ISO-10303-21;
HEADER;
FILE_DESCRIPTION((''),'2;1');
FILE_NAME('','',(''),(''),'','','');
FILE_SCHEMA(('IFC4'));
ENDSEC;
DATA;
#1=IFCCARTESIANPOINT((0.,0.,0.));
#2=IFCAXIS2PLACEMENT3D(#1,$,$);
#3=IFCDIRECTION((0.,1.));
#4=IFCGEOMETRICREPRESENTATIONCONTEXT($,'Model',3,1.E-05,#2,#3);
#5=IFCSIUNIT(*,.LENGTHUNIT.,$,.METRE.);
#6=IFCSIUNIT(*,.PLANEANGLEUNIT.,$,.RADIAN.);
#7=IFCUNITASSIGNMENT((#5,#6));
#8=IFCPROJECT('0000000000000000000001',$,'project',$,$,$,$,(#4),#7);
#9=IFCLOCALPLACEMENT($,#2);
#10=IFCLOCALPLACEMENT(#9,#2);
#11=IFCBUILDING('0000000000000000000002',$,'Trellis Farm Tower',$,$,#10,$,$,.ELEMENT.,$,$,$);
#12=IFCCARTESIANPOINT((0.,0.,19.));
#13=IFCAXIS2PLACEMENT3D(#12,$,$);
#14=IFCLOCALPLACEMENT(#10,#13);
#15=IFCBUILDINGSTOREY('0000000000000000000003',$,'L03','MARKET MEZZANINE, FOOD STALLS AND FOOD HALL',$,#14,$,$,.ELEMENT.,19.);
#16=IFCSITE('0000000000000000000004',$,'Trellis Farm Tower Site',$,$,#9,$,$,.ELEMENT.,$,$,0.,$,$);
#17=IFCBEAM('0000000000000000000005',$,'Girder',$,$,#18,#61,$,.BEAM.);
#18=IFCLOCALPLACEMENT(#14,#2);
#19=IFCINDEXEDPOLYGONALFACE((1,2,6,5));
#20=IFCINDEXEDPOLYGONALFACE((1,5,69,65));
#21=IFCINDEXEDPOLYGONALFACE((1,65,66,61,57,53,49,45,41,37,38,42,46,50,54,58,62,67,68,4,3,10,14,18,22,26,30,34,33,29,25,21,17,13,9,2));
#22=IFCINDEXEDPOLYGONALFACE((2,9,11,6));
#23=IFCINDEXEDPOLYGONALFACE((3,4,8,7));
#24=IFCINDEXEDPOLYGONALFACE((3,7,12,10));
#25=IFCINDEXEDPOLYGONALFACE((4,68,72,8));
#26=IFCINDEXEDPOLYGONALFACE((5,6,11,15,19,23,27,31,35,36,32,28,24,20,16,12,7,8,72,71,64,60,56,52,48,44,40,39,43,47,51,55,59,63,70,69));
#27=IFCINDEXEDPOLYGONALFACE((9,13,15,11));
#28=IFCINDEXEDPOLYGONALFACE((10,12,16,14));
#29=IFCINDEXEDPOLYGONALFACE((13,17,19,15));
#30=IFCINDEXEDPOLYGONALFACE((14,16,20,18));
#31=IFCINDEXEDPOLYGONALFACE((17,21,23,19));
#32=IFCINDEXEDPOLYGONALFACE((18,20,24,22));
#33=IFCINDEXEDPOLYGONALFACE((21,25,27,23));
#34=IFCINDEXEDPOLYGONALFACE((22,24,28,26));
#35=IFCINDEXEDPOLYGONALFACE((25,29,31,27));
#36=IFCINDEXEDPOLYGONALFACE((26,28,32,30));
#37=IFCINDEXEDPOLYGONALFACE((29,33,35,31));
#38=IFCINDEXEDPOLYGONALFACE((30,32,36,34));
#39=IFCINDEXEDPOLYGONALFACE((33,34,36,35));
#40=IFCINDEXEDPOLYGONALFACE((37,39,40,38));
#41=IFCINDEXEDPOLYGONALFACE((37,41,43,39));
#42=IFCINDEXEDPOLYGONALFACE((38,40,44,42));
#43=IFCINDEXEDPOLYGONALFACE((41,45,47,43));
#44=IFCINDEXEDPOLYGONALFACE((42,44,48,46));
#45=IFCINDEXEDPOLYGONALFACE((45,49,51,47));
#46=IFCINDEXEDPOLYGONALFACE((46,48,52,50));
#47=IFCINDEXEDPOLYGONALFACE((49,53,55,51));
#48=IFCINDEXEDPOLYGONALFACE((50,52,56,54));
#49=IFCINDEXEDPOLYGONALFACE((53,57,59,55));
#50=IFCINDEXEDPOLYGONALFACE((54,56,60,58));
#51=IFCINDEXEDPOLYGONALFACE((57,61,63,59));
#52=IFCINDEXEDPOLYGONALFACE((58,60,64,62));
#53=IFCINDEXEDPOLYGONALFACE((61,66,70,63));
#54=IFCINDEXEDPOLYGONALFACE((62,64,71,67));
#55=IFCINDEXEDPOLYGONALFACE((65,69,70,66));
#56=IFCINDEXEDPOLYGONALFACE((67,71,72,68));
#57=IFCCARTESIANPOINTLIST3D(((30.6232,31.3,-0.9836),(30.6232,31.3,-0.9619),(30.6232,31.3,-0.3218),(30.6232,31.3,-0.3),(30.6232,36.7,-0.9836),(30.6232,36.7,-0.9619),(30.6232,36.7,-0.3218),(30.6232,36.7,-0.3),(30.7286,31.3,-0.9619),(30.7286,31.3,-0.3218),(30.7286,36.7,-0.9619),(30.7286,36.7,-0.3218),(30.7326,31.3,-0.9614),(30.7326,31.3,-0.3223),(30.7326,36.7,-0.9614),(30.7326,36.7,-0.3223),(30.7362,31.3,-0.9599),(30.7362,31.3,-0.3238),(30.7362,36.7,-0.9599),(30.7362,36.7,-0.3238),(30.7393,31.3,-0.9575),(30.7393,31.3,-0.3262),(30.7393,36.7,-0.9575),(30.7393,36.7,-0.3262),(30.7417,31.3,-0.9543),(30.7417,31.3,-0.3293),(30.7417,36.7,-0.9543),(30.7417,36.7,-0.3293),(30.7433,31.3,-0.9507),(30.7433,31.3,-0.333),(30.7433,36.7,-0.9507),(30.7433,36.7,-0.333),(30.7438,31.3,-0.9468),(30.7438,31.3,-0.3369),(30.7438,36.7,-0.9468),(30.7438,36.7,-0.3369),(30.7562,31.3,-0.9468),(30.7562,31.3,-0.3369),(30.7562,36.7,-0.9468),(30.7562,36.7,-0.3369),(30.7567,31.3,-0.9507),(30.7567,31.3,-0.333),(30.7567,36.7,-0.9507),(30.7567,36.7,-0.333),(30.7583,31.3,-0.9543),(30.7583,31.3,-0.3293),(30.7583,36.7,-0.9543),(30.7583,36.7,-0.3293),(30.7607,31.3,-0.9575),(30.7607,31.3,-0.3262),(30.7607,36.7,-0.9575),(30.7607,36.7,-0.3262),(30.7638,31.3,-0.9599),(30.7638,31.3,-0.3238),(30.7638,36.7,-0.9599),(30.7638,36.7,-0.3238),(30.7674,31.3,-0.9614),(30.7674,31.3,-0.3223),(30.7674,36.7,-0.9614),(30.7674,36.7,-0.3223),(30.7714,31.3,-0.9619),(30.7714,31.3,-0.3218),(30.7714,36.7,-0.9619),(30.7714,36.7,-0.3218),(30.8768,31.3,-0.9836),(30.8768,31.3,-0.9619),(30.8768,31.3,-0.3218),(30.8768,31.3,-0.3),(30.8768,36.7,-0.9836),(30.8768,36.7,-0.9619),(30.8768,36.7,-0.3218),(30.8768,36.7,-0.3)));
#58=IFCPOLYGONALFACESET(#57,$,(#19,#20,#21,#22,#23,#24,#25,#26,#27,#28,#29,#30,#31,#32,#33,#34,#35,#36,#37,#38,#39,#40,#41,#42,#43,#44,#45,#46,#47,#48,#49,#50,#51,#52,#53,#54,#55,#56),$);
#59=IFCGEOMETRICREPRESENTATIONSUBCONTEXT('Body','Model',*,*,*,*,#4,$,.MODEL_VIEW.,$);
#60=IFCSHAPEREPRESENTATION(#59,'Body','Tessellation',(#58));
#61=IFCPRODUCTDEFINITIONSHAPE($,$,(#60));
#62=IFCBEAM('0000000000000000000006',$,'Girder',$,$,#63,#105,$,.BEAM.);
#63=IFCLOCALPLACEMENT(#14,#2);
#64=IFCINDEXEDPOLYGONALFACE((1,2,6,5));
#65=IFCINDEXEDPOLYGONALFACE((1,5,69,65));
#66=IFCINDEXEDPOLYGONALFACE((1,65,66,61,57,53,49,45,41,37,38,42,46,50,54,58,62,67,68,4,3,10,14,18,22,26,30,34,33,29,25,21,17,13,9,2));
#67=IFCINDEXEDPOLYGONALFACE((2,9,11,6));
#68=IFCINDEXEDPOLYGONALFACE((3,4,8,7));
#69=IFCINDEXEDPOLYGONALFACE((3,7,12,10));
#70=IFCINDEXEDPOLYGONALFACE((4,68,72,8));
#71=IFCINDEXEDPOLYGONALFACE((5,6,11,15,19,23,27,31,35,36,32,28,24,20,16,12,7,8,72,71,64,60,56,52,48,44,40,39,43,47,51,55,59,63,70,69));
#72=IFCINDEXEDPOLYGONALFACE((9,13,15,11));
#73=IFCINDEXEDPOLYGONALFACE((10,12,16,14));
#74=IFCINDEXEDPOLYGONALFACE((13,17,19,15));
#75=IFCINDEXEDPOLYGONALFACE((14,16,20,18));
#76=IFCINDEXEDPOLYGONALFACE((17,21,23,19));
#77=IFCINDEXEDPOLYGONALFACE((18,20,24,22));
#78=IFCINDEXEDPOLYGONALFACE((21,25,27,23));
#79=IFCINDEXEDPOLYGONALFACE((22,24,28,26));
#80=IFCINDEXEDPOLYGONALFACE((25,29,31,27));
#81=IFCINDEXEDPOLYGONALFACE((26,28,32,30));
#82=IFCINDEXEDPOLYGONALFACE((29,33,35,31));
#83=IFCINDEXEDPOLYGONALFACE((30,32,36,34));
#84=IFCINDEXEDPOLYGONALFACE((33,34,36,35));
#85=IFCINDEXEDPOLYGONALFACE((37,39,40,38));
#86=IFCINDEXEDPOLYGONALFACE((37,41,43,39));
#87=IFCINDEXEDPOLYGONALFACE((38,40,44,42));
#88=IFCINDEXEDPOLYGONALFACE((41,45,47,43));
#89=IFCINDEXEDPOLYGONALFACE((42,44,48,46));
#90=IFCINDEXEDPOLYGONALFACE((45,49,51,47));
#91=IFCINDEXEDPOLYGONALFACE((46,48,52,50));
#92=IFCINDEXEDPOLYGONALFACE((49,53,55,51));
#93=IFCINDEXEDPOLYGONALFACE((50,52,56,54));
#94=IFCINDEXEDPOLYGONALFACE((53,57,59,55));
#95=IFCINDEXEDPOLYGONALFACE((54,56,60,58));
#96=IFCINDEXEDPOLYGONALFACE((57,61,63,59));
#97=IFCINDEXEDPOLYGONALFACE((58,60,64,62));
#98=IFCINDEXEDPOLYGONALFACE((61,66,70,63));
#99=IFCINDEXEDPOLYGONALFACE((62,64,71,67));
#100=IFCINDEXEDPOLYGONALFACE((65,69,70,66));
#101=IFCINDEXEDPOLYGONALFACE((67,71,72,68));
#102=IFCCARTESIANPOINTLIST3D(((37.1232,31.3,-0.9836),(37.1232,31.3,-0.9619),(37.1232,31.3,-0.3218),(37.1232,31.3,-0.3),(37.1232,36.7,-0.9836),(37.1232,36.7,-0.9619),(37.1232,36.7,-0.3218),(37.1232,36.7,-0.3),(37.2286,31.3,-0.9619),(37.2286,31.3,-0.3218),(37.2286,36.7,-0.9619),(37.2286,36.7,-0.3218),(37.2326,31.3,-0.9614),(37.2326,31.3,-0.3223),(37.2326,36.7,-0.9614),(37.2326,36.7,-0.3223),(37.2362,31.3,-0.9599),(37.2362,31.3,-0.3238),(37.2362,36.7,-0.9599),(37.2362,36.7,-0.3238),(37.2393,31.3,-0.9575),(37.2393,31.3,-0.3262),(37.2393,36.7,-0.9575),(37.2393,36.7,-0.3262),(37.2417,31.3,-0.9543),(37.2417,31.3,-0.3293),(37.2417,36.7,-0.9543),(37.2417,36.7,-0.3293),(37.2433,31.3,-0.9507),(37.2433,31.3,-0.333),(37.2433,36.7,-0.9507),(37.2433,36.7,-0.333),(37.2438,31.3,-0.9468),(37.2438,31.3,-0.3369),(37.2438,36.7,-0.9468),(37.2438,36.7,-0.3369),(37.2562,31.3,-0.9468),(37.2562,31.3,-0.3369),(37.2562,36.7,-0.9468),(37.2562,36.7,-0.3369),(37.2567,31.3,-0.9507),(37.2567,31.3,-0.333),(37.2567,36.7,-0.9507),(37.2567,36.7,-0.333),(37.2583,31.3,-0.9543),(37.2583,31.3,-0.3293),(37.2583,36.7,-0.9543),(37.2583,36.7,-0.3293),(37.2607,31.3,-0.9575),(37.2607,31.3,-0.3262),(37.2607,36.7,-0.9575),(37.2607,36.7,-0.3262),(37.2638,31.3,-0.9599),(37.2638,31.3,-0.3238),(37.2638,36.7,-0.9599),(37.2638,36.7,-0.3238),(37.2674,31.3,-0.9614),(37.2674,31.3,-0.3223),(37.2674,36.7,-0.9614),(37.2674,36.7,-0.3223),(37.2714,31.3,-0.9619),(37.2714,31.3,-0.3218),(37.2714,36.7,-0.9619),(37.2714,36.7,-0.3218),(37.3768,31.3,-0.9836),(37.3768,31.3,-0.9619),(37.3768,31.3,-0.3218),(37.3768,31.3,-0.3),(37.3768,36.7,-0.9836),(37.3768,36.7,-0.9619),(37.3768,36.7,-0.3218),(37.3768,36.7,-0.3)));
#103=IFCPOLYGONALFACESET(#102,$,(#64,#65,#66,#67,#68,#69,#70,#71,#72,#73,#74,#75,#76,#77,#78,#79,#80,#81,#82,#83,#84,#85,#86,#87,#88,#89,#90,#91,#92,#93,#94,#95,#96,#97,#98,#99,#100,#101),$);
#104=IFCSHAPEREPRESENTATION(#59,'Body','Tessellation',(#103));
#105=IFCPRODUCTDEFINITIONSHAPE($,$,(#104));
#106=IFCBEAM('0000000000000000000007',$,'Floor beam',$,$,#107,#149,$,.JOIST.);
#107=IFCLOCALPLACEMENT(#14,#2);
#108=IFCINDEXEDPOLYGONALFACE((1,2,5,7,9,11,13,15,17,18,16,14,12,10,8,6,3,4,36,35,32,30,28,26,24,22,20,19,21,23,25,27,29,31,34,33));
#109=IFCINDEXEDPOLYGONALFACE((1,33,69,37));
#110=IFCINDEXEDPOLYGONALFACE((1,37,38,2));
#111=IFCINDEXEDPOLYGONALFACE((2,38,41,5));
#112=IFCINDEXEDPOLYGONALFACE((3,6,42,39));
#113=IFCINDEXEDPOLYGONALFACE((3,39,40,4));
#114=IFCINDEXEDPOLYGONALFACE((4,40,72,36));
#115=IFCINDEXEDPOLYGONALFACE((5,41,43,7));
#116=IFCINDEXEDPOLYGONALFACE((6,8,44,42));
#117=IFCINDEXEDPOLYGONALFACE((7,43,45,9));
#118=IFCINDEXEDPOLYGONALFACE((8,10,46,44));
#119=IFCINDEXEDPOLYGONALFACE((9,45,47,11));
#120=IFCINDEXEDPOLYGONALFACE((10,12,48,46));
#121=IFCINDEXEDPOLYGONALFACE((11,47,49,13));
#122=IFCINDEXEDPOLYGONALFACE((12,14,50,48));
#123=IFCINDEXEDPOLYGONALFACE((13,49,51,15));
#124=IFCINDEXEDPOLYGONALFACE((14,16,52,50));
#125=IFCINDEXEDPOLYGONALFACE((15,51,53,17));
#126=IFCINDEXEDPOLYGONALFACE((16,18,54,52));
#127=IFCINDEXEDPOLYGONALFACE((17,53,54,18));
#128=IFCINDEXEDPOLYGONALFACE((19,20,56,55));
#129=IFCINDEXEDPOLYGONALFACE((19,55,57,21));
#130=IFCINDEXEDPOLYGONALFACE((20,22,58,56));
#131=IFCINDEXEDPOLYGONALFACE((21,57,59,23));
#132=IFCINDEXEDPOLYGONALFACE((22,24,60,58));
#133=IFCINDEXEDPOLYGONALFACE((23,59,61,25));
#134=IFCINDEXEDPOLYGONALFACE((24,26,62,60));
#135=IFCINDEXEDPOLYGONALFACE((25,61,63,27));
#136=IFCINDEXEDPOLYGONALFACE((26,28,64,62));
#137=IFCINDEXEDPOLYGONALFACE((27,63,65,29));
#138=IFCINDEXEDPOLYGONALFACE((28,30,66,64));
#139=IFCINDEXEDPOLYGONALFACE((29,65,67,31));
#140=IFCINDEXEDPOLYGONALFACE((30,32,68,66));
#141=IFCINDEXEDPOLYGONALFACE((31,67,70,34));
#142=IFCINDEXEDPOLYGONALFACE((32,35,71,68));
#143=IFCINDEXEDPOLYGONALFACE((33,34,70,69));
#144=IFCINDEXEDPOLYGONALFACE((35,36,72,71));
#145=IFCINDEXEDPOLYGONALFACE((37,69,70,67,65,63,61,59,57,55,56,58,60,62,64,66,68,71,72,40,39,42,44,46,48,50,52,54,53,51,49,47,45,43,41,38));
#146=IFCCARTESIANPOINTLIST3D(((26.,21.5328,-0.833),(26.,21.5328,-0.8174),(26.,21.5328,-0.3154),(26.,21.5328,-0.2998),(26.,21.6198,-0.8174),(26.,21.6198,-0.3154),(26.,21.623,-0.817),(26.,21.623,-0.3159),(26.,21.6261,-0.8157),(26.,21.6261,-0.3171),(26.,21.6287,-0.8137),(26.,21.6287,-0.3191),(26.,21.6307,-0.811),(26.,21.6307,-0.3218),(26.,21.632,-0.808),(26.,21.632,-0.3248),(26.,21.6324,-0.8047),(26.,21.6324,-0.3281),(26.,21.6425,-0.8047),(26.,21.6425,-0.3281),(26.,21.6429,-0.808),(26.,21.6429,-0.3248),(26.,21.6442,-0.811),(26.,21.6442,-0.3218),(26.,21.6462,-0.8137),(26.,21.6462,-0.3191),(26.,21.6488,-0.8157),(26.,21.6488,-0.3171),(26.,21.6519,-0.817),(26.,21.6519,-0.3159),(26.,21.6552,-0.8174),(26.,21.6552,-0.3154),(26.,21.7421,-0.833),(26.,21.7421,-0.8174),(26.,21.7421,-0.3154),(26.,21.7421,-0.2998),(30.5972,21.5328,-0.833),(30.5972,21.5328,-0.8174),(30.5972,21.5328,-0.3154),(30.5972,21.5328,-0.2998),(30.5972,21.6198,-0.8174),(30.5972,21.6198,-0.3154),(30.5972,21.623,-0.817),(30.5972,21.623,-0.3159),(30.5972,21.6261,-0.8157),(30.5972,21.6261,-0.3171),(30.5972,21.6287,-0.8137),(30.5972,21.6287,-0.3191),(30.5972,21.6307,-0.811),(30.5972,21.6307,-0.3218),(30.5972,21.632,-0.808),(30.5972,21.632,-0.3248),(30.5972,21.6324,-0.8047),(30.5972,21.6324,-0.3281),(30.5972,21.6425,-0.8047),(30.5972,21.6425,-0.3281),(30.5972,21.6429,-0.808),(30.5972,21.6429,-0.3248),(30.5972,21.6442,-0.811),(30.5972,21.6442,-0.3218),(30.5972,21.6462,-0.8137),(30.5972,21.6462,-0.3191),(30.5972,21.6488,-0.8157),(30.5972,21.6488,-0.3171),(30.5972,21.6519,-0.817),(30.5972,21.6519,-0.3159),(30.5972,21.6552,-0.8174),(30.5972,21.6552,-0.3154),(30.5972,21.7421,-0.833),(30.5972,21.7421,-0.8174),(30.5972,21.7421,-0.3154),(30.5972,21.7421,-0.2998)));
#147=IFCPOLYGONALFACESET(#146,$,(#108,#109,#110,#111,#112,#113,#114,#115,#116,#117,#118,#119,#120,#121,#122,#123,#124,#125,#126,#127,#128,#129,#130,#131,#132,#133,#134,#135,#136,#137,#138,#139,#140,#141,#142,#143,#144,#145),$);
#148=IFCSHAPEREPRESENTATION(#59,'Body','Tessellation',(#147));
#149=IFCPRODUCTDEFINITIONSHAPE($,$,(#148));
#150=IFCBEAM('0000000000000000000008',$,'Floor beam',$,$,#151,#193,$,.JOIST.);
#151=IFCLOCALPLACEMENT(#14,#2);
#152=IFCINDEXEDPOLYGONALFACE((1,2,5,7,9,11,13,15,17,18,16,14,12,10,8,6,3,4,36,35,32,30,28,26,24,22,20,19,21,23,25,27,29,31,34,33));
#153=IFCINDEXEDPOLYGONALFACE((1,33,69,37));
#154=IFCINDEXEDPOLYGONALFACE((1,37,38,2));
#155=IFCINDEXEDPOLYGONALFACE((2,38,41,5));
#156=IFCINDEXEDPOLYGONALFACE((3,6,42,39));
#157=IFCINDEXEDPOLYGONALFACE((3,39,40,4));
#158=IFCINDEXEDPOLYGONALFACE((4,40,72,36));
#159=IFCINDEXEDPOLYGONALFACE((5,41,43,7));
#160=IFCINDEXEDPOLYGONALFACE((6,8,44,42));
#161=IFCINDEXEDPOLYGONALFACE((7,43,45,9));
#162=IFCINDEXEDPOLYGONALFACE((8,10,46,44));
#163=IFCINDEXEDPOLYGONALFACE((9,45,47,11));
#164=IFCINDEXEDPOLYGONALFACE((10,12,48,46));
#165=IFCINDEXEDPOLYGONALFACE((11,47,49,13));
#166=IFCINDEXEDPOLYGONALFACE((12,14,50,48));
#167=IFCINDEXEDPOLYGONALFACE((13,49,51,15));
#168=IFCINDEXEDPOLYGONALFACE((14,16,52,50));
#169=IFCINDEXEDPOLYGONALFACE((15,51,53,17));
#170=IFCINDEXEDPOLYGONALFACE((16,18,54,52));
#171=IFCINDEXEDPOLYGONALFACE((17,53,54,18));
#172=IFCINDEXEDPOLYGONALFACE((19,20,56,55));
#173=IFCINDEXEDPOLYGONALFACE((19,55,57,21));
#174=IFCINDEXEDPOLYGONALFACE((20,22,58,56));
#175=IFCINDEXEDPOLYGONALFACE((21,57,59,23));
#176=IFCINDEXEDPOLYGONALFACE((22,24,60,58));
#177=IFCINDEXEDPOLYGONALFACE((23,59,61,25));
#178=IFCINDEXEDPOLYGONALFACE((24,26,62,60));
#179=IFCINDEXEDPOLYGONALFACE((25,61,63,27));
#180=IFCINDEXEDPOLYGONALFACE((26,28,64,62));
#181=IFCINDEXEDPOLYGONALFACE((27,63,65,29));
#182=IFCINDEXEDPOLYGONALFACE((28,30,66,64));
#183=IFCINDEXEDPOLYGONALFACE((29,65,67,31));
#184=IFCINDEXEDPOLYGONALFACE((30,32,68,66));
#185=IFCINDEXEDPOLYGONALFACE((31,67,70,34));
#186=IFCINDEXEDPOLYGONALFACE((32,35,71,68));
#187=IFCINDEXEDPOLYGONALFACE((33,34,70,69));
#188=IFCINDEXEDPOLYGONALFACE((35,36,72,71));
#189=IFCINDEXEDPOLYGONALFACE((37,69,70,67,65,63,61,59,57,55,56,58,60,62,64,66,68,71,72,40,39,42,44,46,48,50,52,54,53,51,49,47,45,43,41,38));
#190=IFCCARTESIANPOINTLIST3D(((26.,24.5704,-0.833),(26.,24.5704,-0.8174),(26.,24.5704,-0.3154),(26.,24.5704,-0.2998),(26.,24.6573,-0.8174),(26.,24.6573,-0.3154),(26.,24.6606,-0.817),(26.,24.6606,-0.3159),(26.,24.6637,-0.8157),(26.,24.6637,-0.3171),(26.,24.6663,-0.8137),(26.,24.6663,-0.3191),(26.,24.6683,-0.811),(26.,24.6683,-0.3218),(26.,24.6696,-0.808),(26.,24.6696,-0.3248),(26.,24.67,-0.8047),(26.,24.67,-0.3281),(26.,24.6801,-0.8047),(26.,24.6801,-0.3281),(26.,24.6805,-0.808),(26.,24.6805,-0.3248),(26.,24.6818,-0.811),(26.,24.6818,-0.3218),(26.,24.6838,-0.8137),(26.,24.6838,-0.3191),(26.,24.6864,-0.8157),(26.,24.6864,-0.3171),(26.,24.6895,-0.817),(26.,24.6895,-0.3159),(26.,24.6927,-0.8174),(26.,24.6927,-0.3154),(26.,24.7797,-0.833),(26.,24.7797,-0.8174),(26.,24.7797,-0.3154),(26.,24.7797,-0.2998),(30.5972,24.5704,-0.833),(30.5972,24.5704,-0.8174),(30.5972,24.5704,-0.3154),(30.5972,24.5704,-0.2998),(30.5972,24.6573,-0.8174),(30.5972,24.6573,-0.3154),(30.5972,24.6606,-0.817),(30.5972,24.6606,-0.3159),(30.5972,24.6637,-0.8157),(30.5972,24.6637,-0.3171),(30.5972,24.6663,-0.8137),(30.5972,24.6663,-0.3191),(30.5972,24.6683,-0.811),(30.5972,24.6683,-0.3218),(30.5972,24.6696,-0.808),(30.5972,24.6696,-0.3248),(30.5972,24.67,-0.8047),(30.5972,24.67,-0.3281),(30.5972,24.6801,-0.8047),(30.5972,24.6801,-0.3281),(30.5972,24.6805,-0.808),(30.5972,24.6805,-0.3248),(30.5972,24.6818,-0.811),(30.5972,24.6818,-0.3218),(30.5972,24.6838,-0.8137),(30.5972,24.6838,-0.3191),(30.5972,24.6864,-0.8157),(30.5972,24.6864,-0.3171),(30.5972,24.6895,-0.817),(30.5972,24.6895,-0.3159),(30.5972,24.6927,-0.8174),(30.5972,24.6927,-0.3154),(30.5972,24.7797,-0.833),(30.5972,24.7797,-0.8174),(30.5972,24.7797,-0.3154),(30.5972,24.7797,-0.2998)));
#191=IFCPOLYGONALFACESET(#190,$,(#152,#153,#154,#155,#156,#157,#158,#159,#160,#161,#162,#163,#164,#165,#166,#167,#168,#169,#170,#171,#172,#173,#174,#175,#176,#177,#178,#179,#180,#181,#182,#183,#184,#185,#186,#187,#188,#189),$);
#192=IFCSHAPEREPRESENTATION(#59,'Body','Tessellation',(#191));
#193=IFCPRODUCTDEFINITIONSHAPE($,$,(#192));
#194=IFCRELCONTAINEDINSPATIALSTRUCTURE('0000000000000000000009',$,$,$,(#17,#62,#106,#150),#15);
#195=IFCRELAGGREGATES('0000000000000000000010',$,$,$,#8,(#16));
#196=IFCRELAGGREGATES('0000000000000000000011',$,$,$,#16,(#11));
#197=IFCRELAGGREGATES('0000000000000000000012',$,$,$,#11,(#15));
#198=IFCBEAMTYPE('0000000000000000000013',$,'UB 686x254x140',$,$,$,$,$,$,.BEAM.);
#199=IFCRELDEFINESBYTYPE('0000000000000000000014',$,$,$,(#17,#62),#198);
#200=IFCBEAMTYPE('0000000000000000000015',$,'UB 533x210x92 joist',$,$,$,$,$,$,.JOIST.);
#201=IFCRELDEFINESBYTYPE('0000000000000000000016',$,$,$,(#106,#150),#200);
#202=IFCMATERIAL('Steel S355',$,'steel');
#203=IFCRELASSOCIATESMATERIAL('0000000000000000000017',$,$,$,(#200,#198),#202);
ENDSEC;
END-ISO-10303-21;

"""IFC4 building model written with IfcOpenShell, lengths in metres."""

from ifc_helpers import new_model, si_unit, direction, frame, origin, origin_2d, place, context, subcontext, project, spatial, i_section, extrude, source, transform, mapped, material, material_profile, profile_set, type_object, element, save


model = new_model("IFC4")

# Units and contexts
model_context = context("Model", 3, precision=1e-05, world=origin(), true_north=direction((0.0, 1.0)))
body_context = subcontext(model_context, "Body", "Model", "MODEL_VIEW")
ifc_project = project(units=[si_unit("LENGTHUNIT", "METRE"), si_unit("PLANEANGLEUNIT", "RADIAN")], contexts=[model_context])

# Site, building, storey
site_placement = place(None, origin())
site = spatial("IfcSite", under=ifc_project, at=site_placement, Name="Trellis Farm Tower Site", CompositionType="ELEMENT", RefElevation=0.0)
building_placement = place(site_placement, origin())
building = spatial("IfcBuilding", under=site, at=building_placement, Name="Trellis Farm Tower", CompositionType="ELEMENT")
storey_placement = place(building_placement, frame((0.0, 0.0, 19.0)))
storey = spatial("IfcBuildingStorey", under=building, at=storey_placement, Name="L03", Description="MARKET MEZZANINE, FOOD STALLS AND FOOD HALL", CompositionType="ELEMENT", Elevation=19.0)

# Beams
ifc_material_1 = material(Name="Steel S355", Category="steel")
ifc_material_profile_1 = material_profile(ifc_material_1, i_section(OverallWidth=0.2092, OverallDepth=0.5332, WebThickness=0.01, FlangeThickness=0.0156, FilletRadius=0.0127, at=origin_2d()), Name="UB 533x210x92")
ifc_profile_set_1 = profile_set([ifc_material_profile_1], Name="Steel S355")
beam_type_1 = type_object("IfcBeamType", Name="UB 533x210x92 joist", PredefinedType="JOIST", material=ifc_profile_set_1)
ifc_material_profile_2 = material_profile(ifc_material_1, i_section(OverallWidth=0.2537, OverallDepth=0.6836, WebThickness=0.0125, FlangeThickness=0.0217, FilletRadius=0.0151, at=origin_2d()), Name="UB 686x254x140")
ifc_profile_set_2 = profile_set([ifc_material_profile_2], Name="Steel S355")
beam_type_2 = type_object("IfcBeamType", Name="UB 686x254x140", PredefinedType="BEAM", material=ifc_profile_set_2)
shared_shape_1 = source(origin(), body_context, "Body", "SweptSolid", [
    extrude(i_section(OverallWidth=0.2537, OverallDepth=0.6836, WebThickness=0.0125, FlangeThickness=0.0217, FilletRadius=0.0151, at=origin_2d()), origin(), (0.0, 0.0, 1.0), 5.3999),
])
for number, where, z_axis, x_axis, name in (
    (1, (30.75, 31.3, -0.6418), (0.0, 1.0, 0.0), (-1.0, 0.0, 0.0), "Girder"),
    (2, (37.25, 31.3, -0.6418), (0.0, 1.0, 0.0), (-1.0, 0.0, 0.0), "Girder"),
):
    element("IfcBeam", number, at=place(storey_placement, frame(where, z_axis=z_axis, x_axis=x_axis)), inside=storey, type_object=beam_type_2, Name=name, PredefinedType="BEAM", context=body_context, shape_type="MappedRepresentation", body=[
        mapped(shared_shape_1, transform((0.0, 0.0, 0.0))),
    ])
shared_shape_2 = source(origin(), body_context, "Body", "SweptSolid", [
    extrude(i_section(OverallWidth=0.2092, OverallDepth=0.5332, WebThickness=0.01, FlangeThickness=0.0156, FilletRadius=0.0127, at=origin_2d()), origin(), (0.0, 0.0, 1.0), 4.5972),
])
for number, where, z_axis, x_axis, name in (
    (3, (26.0, 21.6375, -0.5664), (1.0, 0.0, 0.0), (0.0, 1.0, 0.0), "Floor beam"),
    (4, (26.0, 24.675, -0.5664), (1.0, 0.0, 0.0), (0.0, 1.0, 0.0), "Floor beam"),
):
    element("IfcBeam", number, at=place(storey_placement, frame(where, z_axis=z_axis, x_axis=x_axis)), inside=storey, type_object=beam_type_1, Name=name, PredefinedType="JOIST", context=body_context, shape_type="MappedRepresentation", body=[
        mapped(shared_shape_2, transform((0.0, 0.0, 0.0))),
    ])

save(model, "model.ifc")
